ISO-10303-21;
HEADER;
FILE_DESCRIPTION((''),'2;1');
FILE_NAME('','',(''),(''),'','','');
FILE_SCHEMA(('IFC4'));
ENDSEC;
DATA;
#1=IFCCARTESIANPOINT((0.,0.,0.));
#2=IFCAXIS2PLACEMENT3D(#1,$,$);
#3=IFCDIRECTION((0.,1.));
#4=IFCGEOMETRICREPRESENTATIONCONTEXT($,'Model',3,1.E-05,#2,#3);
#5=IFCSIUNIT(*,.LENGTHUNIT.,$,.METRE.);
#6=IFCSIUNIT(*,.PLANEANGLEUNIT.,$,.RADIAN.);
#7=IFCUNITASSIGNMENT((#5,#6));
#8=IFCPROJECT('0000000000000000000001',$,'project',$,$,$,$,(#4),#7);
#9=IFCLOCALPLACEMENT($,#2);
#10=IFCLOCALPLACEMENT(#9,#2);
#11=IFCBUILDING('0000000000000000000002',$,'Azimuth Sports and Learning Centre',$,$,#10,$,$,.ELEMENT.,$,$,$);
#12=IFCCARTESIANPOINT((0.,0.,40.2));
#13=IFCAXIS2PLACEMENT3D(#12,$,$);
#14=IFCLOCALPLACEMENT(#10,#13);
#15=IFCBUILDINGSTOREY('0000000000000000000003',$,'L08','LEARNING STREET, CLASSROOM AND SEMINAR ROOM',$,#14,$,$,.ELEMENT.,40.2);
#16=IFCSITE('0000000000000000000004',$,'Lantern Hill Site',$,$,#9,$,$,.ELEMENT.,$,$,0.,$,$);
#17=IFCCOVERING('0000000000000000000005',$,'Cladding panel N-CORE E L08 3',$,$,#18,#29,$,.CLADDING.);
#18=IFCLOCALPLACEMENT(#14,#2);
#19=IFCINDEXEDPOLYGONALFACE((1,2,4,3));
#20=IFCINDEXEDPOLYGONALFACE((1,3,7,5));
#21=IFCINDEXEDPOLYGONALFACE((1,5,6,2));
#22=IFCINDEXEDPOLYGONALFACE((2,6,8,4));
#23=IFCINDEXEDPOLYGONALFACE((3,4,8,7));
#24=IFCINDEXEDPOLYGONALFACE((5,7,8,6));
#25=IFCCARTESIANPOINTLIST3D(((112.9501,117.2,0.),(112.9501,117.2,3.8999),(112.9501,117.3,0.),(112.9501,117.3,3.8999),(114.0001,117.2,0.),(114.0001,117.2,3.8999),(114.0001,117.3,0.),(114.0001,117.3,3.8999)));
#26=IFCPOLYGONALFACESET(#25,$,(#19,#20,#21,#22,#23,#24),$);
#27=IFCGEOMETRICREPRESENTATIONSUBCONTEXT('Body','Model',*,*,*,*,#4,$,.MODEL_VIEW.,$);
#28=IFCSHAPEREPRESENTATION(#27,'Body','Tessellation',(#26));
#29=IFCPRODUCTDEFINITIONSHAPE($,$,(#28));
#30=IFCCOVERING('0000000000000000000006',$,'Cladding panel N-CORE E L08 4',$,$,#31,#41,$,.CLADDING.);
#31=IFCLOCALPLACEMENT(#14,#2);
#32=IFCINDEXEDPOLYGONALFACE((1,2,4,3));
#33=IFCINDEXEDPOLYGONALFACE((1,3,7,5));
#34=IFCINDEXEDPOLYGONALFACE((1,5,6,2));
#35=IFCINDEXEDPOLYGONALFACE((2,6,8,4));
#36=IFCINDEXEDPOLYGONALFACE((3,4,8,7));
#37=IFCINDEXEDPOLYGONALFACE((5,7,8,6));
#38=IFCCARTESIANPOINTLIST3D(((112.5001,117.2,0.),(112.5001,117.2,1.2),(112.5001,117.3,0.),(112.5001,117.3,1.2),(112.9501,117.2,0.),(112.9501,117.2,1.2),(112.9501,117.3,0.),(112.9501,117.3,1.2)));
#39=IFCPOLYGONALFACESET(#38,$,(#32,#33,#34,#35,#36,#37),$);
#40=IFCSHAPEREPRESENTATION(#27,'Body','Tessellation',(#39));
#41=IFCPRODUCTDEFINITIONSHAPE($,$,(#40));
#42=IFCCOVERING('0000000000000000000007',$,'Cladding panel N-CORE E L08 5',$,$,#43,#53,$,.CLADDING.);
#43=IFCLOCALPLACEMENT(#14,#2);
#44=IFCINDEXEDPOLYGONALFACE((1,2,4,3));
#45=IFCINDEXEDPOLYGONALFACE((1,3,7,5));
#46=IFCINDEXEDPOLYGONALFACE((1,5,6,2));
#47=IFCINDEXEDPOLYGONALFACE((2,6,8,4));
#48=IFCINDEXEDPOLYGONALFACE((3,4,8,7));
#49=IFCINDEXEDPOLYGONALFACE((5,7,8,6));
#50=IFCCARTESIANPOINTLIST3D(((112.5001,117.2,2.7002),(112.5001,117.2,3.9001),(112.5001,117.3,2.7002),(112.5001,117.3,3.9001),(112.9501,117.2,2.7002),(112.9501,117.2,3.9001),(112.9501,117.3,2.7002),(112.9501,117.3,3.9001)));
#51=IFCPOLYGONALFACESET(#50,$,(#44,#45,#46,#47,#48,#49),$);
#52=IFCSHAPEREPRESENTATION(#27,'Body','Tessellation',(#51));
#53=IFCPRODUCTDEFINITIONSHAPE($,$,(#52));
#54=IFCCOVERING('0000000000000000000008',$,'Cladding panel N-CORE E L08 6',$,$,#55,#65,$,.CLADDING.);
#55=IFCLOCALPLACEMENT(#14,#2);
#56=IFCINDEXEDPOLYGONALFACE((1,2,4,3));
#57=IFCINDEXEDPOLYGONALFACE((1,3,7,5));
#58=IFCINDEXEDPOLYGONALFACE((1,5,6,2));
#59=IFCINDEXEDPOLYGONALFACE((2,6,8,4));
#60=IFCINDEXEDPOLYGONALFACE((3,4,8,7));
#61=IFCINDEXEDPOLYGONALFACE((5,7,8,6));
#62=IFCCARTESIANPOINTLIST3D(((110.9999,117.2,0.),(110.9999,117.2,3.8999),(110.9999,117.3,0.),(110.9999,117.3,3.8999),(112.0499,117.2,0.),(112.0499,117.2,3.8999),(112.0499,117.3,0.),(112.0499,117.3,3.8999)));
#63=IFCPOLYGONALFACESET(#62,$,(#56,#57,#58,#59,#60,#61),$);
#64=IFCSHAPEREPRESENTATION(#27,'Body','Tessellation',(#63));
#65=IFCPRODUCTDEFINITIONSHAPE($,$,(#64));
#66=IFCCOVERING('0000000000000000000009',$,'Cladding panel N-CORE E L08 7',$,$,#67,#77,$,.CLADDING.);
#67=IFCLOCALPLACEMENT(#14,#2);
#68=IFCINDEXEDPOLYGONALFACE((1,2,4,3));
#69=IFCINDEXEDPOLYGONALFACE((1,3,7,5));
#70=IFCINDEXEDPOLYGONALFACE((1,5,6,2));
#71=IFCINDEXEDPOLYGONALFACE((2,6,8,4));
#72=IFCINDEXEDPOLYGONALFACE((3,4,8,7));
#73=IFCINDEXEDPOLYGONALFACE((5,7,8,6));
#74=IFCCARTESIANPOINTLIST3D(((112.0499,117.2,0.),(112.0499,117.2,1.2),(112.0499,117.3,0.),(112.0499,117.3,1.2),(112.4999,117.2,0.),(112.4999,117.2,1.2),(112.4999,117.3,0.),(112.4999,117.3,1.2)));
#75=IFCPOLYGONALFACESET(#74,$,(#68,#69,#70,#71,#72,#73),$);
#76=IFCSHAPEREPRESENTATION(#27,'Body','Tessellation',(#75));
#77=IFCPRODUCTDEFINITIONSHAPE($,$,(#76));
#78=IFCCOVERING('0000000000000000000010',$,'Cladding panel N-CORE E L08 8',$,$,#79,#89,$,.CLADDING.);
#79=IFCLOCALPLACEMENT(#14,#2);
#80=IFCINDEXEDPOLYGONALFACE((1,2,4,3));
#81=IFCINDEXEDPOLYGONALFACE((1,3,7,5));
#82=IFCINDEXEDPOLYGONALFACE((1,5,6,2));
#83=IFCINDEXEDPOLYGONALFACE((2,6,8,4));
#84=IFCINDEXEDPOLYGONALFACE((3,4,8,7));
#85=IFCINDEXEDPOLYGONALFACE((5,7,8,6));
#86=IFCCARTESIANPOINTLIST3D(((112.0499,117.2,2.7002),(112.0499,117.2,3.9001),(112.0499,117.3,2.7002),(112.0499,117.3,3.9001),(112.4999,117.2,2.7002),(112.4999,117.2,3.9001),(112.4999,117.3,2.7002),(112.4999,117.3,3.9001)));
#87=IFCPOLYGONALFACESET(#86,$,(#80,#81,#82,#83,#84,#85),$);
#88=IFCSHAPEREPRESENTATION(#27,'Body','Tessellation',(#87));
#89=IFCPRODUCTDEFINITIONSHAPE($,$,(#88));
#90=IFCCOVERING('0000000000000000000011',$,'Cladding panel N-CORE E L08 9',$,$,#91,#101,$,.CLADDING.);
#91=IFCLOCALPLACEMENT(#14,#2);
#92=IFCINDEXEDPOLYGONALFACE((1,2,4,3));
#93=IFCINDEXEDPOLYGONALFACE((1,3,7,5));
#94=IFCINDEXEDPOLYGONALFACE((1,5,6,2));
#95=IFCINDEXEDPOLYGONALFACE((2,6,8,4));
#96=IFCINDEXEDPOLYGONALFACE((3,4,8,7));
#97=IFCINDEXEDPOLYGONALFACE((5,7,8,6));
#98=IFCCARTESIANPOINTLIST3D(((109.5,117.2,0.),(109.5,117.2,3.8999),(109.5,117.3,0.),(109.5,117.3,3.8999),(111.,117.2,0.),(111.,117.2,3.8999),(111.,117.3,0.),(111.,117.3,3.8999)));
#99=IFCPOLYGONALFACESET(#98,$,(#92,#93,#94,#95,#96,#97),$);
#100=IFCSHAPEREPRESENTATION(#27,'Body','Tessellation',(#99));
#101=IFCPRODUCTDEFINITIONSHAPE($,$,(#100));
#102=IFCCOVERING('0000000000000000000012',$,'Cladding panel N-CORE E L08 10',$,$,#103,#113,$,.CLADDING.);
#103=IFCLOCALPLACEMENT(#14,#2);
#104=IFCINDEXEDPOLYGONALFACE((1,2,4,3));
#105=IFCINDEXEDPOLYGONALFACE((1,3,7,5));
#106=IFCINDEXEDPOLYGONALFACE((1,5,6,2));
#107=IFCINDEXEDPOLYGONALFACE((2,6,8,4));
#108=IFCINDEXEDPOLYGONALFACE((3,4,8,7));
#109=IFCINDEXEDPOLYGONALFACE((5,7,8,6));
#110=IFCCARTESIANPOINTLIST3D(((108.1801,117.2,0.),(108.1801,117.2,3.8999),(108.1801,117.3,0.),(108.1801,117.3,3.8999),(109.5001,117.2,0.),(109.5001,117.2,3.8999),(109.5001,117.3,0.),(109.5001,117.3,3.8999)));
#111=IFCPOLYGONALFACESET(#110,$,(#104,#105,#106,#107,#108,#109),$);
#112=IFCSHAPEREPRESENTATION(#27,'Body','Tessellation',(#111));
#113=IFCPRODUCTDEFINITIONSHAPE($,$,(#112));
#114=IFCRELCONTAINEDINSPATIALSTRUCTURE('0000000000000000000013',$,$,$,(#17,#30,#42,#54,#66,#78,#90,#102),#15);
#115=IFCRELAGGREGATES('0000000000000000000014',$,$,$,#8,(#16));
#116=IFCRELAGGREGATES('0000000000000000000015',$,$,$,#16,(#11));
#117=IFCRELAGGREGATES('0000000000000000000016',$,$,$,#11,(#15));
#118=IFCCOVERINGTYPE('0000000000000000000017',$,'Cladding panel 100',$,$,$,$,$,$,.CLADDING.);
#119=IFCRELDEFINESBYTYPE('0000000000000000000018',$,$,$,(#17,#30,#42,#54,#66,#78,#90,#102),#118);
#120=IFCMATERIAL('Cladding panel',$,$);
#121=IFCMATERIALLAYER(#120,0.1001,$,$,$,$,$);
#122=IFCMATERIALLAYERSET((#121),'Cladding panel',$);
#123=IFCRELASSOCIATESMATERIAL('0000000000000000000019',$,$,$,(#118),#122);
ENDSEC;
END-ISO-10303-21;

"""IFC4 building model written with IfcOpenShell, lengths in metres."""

from ifc_helpers import new_model, si_unit, direction, frame, origin, origin_2d, place, context, subcontext, project, spatial, rectangle, extrude, material, layer, layer_set, type_object, element, save


model = new_model("IFC4")

# Units and contexts
model_context = context("Model", 3, precision=1e-05, world=origin(), true_north=direction((0.0, 1.0)))
body_context = subcontext(model_context, "Body", "Model", "MODEL_VIEW")
ifc_project = project(units=[si_unit("LENGTHUNIT", "METRE"), si_unit("PLANEANGLEUNIT", "RADIAN")], contexts=[model_context])

# Site, building, storey
site_placement = place(None, origin())
site = spatial("IfcSite", under=ifc_project, at=site_placement, Name="Lantern Hill Site", CompositionType="ELEMENT", RefElevation=0.0)
building_placement = place(site_placement, origin())
building = spatial("IfcBuilding", under=site, at=building_placement, Name="Azimuth Sports and Learning Centre", CompositionType="ELEMENT")
storey_placement = place(building_placement, frame((0.0, 0.0, 40.2)))
storey = spatial("IfcBuildingStorey", under=building, at=storey_placement, Name="L08", Description="LEARNING STREET, CLASSROOM AND SEMINAR ROOM", CompositionType="ELEMENT", Elevation=40.2)

# Coverings
ifc_material_1 = material(Name="Cladding panel")
ifc_layer_1 = layer(ifc_material_1, 0.1001)
ifc_layer_set_1 = layer_set([ifc_layer_1], Name="Cladding panel")
covering_type = type_object("IfcCoveringType", Name="Cladding panel 100", PredefinedType="CLADDING", material=ifc_layer_set_1)
covering_1_placement = place(storey_placement, frame((113.4751, 117.25, 0.0), z_axis=(0.0, 0.0, 1.0), x_axis=(-1.0, 0.0, 0.0)))
element("IfcCovering", 1, at=covering_1_placement, inside=storey, type_object=covering_type, Name="Cladding panel N-CORE E L08 3", PredefinedType="CLADDING", context=body_context, shape_type="SweptSolid", body=[
    extrude(rectangle(XDim=1.05, YDim=0.1001, at=origin_2d()), origin(), (0.0, 0.0, 1.0), 3.8999),
])
for number, where, z_axis, x_axis, name in (
    (2, (112.7251, 117.25, 0.0), (0.0, 0.0, 1.0), (-1.0, 0.0, 0.0), "Cladding panel N-CORE E L08 4"),
    (3, (112.7251, 117.25, 2.7002), (0.0, 0.0, 1.0), (-1.0, 0.0, 0.0), "Cladding panel N-CORE E L08 5"),
):
    element("IfcCovering", number, at=place(storey_placement, frame(where, z_axis=z_axis, x_axis=x_axis)), inside=storey, type_object=covering_type, Name=name, PredefinedType="CLADDING", context=body_context, shape_type="SweptSolid", body=[
        extrude(rectangle(XDim=0.45, YDim=0.1001, at=origin_2d()), origin(), (0.0, 0.0, 1.0), 1.2),
    ])
covering_2_placement = place(storey_placement, frame((111.5249, 117.25, 0.0), z_axis=(0.0, 0.0, 1.0), x_axis=(-1.0, 0.0, 0.0)))
element("IfcCovering", 4, at=covering_2_placement, inside=storey, type_object=covering_type, Name="Cladding panel N-CORE E L08 6", PredefinedType="CLADDING", context=body_context, shape_type="SweptSolid", body=[
    extrude(rectangle(XDim=1.05, YDim=0.1001, at=origin_2d()), origin(), (0.0, 0.0, 1.0), 3.8999),
])
for number, where, z_axis, x_axis, name in (
    (5, (112.2749, 117.25, 0.0), (0.0, 0.0, 1.0), (-1.0, 0.0, 0.0), "Cladding panel N-CORE E L08 7"),
    (6, (112.2749, 117.25, 2.7002), (0.0, 0.0, 1.0), (-1.0, 0.0, 0.0), "Cladding panel N-CORE E L08 8"),
):
    element("IfcCovering", number, at=place(storey_placement, frame(where, z_axis=z_axis, x_axis=x_axis)), inside=storey, type_object=covering_type, Name=name, PredefinedType="CLADDING", context=body_context, shape_type="SweptSolid", body=[
        extrude(rectangle(XDim=0.45, YDim=0.1001, at=origin_2d()), origin(), (0.0, 0.0, 1.0), 1.2),
    ])
covering_3_placement = place(storey_placement, frame((110.25, 117.25, 0.0), z_axis=(0.0, 0.0, 1.0), x_axis=(-1.0, 0.0, 0.0)))
element("IfcCovering", 7, at=covering_3_placement, inside=storey, type_object=covering_type, Name="Cladding panel N-CORE E L08 9", PredefinedType="CLADDING", context=body_context, shape_type="SweptSolid", body=[
    extrude(rectangle(XDim=1.5, YDim=0.1001, at=origin_2d()), origin(), (0.0, 0.0, 1.0), 3.8999),
])
covering_4_placement = place(storey_placement, frame((108.8401, 117.25, 0.0), z_axis=(0.0, 0.0, 1.0), x_axis=(-1.0, 0.0, 0.0)))
element("IfcCovering", 8, at=covering_4_placement, inside=storey, type_object=covering_type, Name="Cladding panel N-CORE E L08 10", PredefinedType="CLADDING", context=body_context, shape_type="SweptSolid", body=[
    extrude(rectangle(XDim=1.3201, YDim=0.1001, at=origin_2d()), origin(), (0.0, 0.0, 1.0), 3.8999),
])

save(model, "model.ifc")
